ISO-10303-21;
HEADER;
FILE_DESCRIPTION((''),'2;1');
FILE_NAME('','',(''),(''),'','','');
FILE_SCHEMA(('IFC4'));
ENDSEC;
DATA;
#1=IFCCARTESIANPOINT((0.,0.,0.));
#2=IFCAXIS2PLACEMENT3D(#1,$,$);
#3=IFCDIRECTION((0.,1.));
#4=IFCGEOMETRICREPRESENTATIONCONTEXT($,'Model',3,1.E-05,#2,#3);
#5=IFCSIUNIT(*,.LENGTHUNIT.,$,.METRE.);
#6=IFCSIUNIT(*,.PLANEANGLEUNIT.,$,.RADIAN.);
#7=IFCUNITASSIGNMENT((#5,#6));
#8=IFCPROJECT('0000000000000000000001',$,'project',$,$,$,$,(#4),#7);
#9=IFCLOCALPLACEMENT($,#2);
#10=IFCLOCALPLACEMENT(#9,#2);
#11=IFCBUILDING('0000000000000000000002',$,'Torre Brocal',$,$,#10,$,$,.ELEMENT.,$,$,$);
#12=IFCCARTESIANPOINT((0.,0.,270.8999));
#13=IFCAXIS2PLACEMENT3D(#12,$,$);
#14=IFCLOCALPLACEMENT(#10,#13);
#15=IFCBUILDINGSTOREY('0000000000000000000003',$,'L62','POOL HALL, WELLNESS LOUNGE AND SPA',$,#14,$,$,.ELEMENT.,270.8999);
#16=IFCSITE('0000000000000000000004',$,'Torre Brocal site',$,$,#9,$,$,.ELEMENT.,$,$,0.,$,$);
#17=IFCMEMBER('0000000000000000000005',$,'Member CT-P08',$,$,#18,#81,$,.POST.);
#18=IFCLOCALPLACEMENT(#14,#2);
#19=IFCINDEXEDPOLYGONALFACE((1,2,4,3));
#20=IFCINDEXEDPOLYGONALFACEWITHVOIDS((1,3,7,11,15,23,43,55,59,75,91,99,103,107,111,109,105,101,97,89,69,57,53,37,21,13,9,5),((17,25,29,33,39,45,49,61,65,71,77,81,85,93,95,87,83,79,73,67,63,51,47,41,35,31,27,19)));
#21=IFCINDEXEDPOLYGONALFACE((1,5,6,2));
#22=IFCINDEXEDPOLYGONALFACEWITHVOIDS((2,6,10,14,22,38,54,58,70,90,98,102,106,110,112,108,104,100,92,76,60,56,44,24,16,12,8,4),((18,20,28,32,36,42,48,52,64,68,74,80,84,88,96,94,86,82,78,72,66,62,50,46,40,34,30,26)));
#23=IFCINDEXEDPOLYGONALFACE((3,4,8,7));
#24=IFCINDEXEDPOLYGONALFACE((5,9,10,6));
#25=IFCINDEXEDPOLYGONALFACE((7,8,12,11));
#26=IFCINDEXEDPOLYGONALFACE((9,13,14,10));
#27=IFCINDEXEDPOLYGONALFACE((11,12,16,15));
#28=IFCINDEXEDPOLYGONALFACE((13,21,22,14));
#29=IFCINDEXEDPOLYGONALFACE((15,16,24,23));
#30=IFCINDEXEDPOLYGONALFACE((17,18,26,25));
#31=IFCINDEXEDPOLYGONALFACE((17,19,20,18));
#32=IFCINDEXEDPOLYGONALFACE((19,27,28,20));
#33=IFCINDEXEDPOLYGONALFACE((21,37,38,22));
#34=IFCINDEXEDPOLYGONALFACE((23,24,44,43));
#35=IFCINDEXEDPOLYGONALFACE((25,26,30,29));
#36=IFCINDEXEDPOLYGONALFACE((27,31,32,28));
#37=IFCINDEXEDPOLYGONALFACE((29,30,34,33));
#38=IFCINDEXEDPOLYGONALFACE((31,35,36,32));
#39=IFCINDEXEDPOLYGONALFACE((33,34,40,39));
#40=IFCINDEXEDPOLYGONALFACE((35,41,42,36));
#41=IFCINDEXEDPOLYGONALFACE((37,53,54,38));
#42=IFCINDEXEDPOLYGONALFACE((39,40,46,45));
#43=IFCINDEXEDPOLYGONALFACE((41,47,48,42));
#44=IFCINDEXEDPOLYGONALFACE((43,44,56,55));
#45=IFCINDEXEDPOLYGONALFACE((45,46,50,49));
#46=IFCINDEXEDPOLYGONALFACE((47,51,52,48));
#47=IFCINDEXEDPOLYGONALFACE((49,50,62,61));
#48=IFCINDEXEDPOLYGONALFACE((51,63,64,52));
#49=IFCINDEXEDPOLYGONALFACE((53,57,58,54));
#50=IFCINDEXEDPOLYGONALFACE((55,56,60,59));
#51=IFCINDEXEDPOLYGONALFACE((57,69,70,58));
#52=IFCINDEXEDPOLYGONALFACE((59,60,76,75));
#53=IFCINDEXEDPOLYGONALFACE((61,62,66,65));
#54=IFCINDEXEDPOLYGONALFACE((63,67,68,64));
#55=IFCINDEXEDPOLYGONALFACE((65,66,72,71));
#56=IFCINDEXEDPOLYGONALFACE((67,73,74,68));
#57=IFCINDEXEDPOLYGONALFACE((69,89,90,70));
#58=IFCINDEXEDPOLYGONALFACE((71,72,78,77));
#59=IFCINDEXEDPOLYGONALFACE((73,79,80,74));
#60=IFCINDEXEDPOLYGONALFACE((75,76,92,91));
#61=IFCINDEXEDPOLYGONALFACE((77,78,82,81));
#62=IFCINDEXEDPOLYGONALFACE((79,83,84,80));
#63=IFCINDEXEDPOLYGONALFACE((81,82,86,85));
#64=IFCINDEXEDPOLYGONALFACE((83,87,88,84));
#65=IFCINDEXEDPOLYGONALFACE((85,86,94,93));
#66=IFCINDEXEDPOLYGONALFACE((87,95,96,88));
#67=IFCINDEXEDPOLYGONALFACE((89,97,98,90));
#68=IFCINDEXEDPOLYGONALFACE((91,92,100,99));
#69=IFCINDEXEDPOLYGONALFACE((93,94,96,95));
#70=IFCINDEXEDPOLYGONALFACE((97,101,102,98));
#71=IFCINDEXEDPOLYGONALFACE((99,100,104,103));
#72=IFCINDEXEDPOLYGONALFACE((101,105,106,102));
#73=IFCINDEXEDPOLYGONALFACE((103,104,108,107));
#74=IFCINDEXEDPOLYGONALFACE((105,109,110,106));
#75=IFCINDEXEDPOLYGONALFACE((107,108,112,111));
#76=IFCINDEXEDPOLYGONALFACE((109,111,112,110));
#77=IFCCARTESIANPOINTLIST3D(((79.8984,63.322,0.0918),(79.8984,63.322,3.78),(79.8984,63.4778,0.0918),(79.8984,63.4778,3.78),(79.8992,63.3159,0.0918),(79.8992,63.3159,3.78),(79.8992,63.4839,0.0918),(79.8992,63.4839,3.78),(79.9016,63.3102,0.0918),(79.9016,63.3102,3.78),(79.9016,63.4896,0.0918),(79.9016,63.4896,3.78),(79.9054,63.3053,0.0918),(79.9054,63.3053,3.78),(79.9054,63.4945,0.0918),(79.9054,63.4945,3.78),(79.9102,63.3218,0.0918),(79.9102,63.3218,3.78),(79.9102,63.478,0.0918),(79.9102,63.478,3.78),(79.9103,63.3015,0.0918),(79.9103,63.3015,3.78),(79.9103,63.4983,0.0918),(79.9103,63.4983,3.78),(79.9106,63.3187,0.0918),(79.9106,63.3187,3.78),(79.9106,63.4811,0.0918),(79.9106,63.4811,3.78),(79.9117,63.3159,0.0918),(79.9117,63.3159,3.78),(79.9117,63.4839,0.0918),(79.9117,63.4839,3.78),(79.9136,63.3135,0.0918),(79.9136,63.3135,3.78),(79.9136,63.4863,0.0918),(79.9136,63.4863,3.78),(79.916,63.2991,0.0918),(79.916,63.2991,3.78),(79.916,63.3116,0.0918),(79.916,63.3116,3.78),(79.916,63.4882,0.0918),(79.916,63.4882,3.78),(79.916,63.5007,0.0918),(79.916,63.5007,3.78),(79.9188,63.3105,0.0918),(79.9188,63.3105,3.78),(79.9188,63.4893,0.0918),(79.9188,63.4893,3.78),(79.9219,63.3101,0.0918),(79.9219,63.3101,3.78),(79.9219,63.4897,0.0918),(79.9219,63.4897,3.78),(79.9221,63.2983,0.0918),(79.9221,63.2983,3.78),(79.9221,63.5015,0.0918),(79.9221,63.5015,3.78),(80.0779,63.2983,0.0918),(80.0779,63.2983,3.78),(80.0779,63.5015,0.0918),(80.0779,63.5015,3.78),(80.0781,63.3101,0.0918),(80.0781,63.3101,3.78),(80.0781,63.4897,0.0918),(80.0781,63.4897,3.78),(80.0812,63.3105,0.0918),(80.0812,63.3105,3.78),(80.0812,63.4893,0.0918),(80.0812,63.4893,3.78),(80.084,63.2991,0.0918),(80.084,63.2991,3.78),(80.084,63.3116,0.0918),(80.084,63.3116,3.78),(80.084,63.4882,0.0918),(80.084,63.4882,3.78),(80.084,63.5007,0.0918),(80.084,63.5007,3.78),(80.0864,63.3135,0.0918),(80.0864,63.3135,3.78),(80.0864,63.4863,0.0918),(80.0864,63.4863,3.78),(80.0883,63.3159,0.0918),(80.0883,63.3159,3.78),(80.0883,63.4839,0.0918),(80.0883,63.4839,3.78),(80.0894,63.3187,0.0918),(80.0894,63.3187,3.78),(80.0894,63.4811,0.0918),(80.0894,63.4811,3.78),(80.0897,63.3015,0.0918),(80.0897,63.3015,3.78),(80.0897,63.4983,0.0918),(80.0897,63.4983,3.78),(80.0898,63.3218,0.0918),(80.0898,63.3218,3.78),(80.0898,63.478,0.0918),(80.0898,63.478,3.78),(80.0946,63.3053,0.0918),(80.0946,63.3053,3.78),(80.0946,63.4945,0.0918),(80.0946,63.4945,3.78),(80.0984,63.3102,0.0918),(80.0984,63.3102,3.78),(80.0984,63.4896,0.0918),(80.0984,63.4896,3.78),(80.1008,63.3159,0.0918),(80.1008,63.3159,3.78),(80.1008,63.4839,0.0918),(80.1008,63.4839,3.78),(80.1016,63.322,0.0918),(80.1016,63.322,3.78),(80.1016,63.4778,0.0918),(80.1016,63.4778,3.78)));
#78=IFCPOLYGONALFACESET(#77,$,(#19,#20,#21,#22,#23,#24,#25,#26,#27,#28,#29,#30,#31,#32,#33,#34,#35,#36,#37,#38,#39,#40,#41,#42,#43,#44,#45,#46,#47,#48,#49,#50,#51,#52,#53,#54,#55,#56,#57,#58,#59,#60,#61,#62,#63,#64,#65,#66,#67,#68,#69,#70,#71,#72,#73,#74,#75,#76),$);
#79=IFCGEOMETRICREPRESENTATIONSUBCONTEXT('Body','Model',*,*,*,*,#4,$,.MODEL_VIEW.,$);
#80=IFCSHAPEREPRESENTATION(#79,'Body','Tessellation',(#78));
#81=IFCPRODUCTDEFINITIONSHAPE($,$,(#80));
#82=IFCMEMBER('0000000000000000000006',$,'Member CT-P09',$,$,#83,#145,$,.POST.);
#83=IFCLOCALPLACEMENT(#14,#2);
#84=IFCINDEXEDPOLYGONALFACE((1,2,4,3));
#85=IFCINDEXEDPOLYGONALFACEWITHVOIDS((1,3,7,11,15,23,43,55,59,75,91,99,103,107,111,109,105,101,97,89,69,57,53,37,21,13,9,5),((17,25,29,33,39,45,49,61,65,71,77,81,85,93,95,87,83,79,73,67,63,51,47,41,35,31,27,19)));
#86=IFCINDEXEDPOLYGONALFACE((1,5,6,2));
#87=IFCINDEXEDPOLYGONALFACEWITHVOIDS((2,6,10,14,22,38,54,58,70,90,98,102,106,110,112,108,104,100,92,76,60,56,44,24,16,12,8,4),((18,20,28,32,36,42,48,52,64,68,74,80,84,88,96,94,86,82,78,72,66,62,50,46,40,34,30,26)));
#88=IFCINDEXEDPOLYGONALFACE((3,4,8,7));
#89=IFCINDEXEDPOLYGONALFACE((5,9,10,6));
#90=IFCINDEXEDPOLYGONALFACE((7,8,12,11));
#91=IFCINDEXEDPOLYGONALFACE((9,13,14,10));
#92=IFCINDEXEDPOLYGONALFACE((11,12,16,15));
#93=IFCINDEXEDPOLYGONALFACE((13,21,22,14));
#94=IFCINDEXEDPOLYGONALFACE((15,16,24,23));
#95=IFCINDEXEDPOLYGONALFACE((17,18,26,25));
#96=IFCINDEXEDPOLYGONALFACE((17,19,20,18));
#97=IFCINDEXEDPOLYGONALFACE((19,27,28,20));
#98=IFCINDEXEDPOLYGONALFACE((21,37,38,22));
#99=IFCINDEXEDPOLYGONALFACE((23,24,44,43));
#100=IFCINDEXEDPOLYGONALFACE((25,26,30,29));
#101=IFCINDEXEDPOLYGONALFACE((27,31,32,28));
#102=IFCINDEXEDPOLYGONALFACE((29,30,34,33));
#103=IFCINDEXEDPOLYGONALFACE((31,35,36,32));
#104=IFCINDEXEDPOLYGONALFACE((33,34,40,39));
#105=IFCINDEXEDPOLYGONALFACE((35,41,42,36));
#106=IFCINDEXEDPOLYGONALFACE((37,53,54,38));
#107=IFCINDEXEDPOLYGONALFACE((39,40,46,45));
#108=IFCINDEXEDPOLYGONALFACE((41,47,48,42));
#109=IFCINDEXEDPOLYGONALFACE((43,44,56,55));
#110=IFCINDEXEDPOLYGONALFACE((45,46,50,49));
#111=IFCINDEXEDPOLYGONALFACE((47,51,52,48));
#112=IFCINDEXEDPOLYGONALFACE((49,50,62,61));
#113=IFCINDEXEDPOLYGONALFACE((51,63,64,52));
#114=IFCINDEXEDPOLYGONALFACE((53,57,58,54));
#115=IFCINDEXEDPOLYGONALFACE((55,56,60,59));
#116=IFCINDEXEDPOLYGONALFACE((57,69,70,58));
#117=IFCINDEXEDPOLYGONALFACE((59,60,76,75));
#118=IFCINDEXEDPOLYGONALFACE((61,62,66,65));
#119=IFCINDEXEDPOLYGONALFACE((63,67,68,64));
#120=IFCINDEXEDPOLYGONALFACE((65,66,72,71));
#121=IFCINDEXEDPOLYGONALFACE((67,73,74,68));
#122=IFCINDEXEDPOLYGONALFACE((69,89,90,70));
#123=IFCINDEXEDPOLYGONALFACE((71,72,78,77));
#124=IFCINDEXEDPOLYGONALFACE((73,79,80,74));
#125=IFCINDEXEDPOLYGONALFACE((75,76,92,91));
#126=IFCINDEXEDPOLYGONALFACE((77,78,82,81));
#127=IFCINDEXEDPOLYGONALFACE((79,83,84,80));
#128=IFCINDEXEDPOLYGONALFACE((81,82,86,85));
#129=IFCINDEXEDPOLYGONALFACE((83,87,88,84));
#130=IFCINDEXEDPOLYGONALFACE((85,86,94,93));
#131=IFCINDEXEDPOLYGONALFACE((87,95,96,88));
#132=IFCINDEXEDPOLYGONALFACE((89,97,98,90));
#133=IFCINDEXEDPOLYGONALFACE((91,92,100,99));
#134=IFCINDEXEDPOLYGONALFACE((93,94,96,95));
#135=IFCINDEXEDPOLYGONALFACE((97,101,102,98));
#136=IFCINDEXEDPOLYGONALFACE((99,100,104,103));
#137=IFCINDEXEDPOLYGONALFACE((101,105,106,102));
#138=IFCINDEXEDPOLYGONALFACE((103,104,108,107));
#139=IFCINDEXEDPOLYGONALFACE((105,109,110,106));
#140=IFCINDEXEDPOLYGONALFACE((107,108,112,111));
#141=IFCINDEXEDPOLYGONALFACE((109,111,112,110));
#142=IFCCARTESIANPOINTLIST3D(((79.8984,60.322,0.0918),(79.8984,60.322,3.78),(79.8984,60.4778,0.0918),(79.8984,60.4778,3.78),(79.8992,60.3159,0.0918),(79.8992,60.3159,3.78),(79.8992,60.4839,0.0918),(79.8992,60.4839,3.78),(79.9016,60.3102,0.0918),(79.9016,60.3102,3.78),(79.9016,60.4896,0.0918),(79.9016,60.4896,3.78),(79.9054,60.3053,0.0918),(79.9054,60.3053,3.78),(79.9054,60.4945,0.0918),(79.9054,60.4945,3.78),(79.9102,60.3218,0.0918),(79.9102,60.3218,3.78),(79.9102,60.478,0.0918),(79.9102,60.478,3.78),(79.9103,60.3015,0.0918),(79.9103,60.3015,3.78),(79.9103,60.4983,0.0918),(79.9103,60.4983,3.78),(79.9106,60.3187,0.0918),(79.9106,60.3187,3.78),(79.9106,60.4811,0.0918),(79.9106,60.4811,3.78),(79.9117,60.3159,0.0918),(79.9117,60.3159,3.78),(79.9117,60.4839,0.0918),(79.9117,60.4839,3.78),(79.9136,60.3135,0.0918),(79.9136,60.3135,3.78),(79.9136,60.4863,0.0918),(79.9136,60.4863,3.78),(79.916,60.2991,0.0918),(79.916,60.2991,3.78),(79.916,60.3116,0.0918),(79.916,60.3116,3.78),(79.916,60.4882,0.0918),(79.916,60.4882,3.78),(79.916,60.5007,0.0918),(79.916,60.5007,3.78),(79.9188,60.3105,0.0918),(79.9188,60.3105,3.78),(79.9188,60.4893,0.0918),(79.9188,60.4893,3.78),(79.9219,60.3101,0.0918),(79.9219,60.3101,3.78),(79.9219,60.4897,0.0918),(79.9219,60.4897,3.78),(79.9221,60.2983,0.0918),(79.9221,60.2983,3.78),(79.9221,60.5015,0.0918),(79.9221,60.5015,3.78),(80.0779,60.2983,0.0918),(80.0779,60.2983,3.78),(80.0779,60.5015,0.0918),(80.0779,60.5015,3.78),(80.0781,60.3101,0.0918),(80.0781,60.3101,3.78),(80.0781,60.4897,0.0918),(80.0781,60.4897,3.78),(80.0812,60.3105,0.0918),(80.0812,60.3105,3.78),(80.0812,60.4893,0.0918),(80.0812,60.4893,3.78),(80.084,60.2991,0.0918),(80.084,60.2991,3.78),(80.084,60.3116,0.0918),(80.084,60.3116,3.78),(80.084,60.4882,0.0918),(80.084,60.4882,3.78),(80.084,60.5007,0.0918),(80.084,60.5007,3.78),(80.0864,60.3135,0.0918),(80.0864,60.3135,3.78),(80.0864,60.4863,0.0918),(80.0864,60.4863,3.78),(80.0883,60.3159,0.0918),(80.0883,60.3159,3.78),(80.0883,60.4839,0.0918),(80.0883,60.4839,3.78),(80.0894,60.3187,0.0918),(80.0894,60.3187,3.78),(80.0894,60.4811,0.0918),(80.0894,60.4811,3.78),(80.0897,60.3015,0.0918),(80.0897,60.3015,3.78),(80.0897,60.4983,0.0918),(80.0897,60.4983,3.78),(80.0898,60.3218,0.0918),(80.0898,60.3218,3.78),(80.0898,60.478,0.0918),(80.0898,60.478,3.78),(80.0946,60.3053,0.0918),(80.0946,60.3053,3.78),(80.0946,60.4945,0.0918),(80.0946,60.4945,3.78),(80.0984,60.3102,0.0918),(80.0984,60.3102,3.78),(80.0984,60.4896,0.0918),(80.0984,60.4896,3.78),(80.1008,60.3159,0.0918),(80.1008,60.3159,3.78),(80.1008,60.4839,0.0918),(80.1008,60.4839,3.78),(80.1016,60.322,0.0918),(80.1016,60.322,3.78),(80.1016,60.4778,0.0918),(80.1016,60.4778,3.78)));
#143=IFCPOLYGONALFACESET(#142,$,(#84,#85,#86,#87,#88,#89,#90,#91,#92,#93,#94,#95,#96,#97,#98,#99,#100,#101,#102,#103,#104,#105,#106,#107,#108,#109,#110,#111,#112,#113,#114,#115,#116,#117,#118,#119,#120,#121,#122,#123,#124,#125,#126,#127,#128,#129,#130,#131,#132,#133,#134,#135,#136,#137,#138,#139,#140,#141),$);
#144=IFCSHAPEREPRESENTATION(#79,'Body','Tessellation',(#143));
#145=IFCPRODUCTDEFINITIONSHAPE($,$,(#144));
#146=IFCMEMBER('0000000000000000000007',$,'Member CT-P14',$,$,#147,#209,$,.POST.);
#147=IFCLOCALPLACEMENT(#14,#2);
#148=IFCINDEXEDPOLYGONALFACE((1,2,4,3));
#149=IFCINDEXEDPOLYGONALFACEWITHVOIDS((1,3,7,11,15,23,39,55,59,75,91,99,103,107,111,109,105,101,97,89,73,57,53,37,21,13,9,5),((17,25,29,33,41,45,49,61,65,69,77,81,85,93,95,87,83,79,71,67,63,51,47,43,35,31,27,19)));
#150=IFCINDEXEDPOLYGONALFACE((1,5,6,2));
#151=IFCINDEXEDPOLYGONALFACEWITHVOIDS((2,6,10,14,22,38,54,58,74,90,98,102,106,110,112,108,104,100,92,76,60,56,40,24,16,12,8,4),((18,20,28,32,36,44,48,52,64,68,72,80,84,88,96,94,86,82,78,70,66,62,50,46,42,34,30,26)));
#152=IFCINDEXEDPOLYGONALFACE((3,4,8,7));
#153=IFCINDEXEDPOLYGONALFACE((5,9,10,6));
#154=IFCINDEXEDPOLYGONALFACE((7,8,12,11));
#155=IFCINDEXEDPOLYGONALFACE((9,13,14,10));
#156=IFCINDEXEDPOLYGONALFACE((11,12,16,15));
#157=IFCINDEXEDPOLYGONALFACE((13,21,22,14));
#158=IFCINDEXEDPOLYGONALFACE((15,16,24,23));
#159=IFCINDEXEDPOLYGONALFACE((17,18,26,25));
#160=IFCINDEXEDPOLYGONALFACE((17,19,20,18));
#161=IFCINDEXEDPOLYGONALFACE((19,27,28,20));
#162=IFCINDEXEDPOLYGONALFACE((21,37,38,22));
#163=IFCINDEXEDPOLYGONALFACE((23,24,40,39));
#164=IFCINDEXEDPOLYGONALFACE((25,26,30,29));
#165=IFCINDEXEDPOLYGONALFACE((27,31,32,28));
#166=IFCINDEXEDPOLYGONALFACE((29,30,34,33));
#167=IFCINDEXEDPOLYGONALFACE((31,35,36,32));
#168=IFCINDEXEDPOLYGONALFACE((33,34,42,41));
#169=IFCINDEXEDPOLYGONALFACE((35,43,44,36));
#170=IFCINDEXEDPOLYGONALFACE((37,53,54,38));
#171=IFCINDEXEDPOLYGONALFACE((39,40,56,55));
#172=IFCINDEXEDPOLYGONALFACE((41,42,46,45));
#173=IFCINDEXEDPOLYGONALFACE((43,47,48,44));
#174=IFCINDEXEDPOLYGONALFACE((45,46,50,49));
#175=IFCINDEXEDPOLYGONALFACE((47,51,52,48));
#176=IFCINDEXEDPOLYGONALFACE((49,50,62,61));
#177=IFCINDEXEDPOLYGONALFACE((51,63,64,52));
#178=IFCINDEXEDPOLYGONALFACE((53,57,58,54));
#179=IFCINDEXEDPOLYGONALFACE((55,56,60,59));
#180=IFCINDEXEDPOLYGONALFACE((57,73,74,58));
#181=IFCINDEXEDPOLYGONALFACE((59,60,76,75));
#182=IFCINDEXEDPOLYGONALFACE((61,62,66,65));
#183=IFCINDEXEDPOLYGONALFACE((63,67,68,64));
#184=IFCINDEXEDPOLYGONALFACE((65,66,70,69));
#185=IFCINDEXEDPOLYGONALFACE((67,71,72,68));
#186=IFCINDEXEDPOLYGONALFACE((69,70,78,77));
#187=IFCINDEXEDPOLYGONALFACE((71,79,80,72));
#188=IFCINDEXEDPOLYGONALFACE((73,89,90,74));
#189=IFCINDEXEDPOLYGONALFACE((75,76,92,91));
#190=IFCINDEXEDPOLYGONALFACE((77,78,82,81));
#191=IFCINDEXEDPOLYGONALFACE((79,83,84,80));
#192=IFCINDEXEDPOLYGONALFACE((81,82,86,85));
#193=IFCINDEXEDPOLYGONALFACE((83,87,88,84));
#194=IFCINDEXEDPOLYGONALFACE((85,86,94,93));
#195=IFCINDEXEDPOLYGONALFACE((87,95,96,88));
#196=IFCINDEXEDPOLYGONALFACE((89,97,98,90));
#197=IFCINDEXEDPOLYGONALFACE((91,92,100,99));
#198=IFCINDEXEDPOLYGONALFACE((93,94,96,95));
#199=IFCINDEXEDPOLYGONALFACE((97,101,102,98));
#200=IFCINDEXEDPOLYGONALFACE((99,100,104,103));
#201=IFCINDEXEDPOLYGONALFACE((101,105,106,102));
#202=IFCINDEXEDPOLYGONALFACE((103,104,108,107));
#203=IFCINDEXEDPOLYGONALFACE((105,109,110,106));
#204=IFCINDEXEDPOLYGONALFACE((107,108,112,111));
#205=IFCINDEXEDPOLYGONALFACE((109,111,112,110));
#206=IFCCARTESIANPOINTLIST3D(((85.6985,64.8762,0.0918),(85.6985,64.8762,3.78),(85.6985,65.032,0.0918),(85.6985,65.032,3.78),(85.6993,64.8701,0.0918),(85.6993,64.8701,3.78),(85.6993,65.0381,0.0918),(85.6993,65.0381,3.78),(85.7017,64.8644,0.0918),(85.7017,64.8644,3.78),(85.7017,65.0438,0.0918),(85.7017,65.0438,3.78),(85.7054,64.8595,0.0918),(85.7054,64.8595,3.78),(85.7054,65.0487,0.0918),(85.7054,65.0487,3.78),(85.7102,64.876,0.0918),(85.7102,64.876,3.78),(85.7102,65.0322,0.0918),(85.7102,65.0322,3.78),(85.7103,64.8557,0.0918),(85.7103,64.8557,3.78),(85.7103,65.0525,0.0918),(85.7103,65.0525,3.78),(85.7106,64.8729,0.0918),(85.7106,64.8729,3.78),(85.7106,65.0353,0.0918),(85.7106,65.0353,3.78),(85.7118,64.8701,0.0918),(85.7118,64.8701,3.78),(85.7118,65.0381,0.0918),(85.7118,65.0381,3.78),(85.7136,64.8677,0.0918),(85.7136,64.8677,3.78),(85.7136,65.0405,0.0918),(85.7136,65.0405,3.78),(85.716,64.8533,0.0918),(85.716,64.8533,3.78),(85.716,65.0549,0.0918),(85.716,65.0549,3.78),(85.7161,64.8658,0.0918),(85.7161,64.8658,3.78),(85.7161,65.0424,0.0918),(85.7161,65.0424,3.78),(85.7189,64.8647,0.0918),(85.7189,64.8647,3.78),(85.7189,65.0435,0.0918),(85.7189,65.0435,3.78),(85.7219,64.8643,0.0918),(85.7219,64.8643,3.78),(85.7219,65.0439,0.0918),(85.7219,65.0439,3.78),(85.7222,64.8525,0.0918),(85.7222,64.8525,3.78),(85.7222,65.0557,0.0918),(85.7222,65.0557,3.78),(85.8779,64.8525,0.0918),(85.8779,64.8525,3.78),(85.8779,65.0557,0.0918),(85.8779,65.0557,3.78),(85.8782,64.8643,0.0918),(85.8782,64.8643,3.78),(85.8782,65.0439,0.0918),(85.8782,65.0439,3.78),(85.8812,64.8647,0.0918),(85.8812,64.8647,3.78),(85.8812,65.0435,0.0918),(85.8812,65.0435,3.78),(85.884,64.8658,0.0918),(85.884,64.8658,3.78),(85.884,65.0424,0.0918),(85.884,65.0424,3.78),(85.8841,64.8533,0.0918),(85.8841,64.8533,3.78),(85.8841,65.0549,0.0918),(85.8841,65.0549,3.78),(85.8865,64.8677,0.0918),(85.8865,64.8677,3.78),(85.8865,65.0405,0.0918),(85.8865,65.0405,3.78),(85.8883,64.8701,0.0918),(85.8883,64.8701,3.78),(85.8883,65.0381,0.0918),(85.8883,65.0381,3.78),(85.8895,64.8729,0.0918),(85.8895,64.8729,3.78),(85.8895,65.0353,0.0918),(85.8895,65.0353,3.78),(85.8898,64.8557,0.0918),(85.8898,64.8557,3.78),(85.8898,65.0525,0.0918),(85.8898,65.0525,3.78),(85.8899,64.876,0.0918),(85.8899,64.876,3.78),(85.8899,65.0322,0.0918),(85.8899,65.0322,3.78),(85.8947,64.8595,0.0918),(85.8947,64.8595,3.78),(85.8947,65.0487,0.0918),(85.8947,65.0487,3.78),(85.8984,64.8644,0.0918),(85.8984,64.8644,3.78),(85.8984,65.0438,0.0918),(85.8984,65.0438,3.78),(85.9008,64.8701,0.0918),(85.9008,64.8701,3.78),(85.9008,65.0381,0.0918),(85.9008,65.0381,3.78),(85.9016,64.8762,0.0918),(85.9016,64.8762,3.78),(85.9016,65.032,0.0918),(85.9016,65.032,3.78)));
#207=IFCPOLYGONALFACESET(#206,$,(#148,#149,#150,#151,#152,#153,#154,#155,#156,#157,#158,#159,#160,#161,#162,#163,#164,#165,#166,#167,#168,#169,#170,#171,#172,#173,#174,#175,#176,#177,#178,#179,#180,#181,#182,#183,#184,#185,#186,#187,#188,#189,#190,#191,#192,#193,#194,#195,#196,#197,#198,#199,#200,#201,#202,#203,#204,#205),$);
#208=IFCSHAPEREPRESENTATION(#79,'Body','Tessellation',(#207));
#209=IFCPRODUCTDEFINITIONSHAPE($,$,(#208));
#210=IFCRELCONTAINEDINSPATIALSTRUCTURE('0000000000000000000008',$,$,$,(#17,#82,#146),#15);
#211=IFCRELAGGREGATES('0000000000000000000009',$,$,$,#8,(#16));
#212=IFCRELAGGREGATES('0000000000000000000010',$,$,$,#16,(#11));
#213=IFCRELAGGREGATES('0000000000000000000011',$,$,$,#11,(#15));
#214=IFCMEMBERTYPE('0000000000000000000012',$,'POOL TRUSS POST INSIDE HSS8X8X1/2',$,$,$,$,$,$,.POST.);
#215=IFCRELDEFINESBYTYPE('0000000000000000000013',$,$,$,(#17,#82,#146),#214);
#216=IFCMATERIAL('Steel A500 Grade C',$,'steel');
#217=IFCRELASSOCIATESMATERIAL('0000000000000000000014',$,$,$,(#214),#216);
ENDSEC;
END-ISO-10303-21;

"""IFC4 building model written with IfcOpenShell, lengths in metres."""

from ifc_helpers import new_model, si_unit, direction, frame, origin, origin_2d, place, context, subcontext, project, spatial, hollow_rectangle, extrude, material, material_profile, profile_set, type_object, element, save


model = new_model("IFC4")

# Units and contexts
model_context = context("Model", 3, precision=1e-05, world=origin(), true_north=direction((0.0, 1.0)))
body_context = subcontext(model_context, "Body", "Model", "MODEL_VIEW")
ifc_project = project(units=[si_unit("LENGTHUNIT", "METRE"), si_unit("PLANEANGLEUNIT", "RADIAN")], contexts=[model_context])

# Site, building, storey
site_placement = place(None, origin())
site = spatial("IfcSite", under=ifc_project, at=site_placement, Name="Torre Brocal site", CompositionType="ELEMENT", RefElevation=0.0)
building_placement = place(site_placement, origin())
building = spatial("IfcBuilding", under=site, at=building_placement, Name="Torre Brocal", CompositionType="ELEMENT")
storey_placement = place(building_placement, frame((0.0, 0.0, 270.8999)))
storey = spatial("IfcBuildingStorey", under=building, at=storey_placement, Name="L62", Description="POOL HALL, WELLNESS LOUNGE AND SPA", CompositionType="ELEMENT", Elevation=270.8999)

# Members
ifc_material_1 = material(Name="Steel A500 Grade C", Category="steel")
ifc_material_profile_1 = material_profile(ifc_material_1, hollow_rectangle(XDim=0.2031, YDim=0.2031, WallThickness=0.0117, InnerFilletRadius=0.0117, OuterFilletRadius=0.0237, at=origin_2d()), Name="HSS8X8X1/2")
ifc_profile_set_1 = profile_set([ifc_material_profile_1], Name="Steel A500 Grade C")
member_type_1 = type_object("IfcMemberType", Name="POOL TRUSS POST INSIDE HSS8X8X1/2", PredefinedType="POST", material=ifc_profile_set_1)
for number, where, z_axis, x_axis, name in (
    (1, (80.0, 63.3999, 0.0918), (0.0, 0.0, 1.0), (1.0, 0.0, 0.0), "Member CT-P08"),
    (2, (80.0, 60.3999, 0.0918), (0.0, 0.0, 1.0), (1.0, 0.0, 0.0), "Member CT-P09"),
    (3, (85.8, 64.9541, 0.0918), (0.0, 0.0, 1.0), (1.0, 0.0, 0.0), "Member CT-P14"),
):
    element("IfcMember", number, at=place(storey_placement, frame(where, z_axis=z_axis, x_axis=x_axis)), inside=storey, type_object=member_type_1, Name=name, PredefinedType="POST", context=body_context, shape_type="SweptSolid", body=[
        extrude(hollow_rectangle(XDim=0.2031, YDim=0.2031, WallThickness=0.0117, InnerFilletRadius=0.0117, OuterFilletRadius=0.0237, at=origin_2d()), origin(), (0.0, 0.0, 1.0), 3.6882),
    ])

save(model, "model.ifc")
